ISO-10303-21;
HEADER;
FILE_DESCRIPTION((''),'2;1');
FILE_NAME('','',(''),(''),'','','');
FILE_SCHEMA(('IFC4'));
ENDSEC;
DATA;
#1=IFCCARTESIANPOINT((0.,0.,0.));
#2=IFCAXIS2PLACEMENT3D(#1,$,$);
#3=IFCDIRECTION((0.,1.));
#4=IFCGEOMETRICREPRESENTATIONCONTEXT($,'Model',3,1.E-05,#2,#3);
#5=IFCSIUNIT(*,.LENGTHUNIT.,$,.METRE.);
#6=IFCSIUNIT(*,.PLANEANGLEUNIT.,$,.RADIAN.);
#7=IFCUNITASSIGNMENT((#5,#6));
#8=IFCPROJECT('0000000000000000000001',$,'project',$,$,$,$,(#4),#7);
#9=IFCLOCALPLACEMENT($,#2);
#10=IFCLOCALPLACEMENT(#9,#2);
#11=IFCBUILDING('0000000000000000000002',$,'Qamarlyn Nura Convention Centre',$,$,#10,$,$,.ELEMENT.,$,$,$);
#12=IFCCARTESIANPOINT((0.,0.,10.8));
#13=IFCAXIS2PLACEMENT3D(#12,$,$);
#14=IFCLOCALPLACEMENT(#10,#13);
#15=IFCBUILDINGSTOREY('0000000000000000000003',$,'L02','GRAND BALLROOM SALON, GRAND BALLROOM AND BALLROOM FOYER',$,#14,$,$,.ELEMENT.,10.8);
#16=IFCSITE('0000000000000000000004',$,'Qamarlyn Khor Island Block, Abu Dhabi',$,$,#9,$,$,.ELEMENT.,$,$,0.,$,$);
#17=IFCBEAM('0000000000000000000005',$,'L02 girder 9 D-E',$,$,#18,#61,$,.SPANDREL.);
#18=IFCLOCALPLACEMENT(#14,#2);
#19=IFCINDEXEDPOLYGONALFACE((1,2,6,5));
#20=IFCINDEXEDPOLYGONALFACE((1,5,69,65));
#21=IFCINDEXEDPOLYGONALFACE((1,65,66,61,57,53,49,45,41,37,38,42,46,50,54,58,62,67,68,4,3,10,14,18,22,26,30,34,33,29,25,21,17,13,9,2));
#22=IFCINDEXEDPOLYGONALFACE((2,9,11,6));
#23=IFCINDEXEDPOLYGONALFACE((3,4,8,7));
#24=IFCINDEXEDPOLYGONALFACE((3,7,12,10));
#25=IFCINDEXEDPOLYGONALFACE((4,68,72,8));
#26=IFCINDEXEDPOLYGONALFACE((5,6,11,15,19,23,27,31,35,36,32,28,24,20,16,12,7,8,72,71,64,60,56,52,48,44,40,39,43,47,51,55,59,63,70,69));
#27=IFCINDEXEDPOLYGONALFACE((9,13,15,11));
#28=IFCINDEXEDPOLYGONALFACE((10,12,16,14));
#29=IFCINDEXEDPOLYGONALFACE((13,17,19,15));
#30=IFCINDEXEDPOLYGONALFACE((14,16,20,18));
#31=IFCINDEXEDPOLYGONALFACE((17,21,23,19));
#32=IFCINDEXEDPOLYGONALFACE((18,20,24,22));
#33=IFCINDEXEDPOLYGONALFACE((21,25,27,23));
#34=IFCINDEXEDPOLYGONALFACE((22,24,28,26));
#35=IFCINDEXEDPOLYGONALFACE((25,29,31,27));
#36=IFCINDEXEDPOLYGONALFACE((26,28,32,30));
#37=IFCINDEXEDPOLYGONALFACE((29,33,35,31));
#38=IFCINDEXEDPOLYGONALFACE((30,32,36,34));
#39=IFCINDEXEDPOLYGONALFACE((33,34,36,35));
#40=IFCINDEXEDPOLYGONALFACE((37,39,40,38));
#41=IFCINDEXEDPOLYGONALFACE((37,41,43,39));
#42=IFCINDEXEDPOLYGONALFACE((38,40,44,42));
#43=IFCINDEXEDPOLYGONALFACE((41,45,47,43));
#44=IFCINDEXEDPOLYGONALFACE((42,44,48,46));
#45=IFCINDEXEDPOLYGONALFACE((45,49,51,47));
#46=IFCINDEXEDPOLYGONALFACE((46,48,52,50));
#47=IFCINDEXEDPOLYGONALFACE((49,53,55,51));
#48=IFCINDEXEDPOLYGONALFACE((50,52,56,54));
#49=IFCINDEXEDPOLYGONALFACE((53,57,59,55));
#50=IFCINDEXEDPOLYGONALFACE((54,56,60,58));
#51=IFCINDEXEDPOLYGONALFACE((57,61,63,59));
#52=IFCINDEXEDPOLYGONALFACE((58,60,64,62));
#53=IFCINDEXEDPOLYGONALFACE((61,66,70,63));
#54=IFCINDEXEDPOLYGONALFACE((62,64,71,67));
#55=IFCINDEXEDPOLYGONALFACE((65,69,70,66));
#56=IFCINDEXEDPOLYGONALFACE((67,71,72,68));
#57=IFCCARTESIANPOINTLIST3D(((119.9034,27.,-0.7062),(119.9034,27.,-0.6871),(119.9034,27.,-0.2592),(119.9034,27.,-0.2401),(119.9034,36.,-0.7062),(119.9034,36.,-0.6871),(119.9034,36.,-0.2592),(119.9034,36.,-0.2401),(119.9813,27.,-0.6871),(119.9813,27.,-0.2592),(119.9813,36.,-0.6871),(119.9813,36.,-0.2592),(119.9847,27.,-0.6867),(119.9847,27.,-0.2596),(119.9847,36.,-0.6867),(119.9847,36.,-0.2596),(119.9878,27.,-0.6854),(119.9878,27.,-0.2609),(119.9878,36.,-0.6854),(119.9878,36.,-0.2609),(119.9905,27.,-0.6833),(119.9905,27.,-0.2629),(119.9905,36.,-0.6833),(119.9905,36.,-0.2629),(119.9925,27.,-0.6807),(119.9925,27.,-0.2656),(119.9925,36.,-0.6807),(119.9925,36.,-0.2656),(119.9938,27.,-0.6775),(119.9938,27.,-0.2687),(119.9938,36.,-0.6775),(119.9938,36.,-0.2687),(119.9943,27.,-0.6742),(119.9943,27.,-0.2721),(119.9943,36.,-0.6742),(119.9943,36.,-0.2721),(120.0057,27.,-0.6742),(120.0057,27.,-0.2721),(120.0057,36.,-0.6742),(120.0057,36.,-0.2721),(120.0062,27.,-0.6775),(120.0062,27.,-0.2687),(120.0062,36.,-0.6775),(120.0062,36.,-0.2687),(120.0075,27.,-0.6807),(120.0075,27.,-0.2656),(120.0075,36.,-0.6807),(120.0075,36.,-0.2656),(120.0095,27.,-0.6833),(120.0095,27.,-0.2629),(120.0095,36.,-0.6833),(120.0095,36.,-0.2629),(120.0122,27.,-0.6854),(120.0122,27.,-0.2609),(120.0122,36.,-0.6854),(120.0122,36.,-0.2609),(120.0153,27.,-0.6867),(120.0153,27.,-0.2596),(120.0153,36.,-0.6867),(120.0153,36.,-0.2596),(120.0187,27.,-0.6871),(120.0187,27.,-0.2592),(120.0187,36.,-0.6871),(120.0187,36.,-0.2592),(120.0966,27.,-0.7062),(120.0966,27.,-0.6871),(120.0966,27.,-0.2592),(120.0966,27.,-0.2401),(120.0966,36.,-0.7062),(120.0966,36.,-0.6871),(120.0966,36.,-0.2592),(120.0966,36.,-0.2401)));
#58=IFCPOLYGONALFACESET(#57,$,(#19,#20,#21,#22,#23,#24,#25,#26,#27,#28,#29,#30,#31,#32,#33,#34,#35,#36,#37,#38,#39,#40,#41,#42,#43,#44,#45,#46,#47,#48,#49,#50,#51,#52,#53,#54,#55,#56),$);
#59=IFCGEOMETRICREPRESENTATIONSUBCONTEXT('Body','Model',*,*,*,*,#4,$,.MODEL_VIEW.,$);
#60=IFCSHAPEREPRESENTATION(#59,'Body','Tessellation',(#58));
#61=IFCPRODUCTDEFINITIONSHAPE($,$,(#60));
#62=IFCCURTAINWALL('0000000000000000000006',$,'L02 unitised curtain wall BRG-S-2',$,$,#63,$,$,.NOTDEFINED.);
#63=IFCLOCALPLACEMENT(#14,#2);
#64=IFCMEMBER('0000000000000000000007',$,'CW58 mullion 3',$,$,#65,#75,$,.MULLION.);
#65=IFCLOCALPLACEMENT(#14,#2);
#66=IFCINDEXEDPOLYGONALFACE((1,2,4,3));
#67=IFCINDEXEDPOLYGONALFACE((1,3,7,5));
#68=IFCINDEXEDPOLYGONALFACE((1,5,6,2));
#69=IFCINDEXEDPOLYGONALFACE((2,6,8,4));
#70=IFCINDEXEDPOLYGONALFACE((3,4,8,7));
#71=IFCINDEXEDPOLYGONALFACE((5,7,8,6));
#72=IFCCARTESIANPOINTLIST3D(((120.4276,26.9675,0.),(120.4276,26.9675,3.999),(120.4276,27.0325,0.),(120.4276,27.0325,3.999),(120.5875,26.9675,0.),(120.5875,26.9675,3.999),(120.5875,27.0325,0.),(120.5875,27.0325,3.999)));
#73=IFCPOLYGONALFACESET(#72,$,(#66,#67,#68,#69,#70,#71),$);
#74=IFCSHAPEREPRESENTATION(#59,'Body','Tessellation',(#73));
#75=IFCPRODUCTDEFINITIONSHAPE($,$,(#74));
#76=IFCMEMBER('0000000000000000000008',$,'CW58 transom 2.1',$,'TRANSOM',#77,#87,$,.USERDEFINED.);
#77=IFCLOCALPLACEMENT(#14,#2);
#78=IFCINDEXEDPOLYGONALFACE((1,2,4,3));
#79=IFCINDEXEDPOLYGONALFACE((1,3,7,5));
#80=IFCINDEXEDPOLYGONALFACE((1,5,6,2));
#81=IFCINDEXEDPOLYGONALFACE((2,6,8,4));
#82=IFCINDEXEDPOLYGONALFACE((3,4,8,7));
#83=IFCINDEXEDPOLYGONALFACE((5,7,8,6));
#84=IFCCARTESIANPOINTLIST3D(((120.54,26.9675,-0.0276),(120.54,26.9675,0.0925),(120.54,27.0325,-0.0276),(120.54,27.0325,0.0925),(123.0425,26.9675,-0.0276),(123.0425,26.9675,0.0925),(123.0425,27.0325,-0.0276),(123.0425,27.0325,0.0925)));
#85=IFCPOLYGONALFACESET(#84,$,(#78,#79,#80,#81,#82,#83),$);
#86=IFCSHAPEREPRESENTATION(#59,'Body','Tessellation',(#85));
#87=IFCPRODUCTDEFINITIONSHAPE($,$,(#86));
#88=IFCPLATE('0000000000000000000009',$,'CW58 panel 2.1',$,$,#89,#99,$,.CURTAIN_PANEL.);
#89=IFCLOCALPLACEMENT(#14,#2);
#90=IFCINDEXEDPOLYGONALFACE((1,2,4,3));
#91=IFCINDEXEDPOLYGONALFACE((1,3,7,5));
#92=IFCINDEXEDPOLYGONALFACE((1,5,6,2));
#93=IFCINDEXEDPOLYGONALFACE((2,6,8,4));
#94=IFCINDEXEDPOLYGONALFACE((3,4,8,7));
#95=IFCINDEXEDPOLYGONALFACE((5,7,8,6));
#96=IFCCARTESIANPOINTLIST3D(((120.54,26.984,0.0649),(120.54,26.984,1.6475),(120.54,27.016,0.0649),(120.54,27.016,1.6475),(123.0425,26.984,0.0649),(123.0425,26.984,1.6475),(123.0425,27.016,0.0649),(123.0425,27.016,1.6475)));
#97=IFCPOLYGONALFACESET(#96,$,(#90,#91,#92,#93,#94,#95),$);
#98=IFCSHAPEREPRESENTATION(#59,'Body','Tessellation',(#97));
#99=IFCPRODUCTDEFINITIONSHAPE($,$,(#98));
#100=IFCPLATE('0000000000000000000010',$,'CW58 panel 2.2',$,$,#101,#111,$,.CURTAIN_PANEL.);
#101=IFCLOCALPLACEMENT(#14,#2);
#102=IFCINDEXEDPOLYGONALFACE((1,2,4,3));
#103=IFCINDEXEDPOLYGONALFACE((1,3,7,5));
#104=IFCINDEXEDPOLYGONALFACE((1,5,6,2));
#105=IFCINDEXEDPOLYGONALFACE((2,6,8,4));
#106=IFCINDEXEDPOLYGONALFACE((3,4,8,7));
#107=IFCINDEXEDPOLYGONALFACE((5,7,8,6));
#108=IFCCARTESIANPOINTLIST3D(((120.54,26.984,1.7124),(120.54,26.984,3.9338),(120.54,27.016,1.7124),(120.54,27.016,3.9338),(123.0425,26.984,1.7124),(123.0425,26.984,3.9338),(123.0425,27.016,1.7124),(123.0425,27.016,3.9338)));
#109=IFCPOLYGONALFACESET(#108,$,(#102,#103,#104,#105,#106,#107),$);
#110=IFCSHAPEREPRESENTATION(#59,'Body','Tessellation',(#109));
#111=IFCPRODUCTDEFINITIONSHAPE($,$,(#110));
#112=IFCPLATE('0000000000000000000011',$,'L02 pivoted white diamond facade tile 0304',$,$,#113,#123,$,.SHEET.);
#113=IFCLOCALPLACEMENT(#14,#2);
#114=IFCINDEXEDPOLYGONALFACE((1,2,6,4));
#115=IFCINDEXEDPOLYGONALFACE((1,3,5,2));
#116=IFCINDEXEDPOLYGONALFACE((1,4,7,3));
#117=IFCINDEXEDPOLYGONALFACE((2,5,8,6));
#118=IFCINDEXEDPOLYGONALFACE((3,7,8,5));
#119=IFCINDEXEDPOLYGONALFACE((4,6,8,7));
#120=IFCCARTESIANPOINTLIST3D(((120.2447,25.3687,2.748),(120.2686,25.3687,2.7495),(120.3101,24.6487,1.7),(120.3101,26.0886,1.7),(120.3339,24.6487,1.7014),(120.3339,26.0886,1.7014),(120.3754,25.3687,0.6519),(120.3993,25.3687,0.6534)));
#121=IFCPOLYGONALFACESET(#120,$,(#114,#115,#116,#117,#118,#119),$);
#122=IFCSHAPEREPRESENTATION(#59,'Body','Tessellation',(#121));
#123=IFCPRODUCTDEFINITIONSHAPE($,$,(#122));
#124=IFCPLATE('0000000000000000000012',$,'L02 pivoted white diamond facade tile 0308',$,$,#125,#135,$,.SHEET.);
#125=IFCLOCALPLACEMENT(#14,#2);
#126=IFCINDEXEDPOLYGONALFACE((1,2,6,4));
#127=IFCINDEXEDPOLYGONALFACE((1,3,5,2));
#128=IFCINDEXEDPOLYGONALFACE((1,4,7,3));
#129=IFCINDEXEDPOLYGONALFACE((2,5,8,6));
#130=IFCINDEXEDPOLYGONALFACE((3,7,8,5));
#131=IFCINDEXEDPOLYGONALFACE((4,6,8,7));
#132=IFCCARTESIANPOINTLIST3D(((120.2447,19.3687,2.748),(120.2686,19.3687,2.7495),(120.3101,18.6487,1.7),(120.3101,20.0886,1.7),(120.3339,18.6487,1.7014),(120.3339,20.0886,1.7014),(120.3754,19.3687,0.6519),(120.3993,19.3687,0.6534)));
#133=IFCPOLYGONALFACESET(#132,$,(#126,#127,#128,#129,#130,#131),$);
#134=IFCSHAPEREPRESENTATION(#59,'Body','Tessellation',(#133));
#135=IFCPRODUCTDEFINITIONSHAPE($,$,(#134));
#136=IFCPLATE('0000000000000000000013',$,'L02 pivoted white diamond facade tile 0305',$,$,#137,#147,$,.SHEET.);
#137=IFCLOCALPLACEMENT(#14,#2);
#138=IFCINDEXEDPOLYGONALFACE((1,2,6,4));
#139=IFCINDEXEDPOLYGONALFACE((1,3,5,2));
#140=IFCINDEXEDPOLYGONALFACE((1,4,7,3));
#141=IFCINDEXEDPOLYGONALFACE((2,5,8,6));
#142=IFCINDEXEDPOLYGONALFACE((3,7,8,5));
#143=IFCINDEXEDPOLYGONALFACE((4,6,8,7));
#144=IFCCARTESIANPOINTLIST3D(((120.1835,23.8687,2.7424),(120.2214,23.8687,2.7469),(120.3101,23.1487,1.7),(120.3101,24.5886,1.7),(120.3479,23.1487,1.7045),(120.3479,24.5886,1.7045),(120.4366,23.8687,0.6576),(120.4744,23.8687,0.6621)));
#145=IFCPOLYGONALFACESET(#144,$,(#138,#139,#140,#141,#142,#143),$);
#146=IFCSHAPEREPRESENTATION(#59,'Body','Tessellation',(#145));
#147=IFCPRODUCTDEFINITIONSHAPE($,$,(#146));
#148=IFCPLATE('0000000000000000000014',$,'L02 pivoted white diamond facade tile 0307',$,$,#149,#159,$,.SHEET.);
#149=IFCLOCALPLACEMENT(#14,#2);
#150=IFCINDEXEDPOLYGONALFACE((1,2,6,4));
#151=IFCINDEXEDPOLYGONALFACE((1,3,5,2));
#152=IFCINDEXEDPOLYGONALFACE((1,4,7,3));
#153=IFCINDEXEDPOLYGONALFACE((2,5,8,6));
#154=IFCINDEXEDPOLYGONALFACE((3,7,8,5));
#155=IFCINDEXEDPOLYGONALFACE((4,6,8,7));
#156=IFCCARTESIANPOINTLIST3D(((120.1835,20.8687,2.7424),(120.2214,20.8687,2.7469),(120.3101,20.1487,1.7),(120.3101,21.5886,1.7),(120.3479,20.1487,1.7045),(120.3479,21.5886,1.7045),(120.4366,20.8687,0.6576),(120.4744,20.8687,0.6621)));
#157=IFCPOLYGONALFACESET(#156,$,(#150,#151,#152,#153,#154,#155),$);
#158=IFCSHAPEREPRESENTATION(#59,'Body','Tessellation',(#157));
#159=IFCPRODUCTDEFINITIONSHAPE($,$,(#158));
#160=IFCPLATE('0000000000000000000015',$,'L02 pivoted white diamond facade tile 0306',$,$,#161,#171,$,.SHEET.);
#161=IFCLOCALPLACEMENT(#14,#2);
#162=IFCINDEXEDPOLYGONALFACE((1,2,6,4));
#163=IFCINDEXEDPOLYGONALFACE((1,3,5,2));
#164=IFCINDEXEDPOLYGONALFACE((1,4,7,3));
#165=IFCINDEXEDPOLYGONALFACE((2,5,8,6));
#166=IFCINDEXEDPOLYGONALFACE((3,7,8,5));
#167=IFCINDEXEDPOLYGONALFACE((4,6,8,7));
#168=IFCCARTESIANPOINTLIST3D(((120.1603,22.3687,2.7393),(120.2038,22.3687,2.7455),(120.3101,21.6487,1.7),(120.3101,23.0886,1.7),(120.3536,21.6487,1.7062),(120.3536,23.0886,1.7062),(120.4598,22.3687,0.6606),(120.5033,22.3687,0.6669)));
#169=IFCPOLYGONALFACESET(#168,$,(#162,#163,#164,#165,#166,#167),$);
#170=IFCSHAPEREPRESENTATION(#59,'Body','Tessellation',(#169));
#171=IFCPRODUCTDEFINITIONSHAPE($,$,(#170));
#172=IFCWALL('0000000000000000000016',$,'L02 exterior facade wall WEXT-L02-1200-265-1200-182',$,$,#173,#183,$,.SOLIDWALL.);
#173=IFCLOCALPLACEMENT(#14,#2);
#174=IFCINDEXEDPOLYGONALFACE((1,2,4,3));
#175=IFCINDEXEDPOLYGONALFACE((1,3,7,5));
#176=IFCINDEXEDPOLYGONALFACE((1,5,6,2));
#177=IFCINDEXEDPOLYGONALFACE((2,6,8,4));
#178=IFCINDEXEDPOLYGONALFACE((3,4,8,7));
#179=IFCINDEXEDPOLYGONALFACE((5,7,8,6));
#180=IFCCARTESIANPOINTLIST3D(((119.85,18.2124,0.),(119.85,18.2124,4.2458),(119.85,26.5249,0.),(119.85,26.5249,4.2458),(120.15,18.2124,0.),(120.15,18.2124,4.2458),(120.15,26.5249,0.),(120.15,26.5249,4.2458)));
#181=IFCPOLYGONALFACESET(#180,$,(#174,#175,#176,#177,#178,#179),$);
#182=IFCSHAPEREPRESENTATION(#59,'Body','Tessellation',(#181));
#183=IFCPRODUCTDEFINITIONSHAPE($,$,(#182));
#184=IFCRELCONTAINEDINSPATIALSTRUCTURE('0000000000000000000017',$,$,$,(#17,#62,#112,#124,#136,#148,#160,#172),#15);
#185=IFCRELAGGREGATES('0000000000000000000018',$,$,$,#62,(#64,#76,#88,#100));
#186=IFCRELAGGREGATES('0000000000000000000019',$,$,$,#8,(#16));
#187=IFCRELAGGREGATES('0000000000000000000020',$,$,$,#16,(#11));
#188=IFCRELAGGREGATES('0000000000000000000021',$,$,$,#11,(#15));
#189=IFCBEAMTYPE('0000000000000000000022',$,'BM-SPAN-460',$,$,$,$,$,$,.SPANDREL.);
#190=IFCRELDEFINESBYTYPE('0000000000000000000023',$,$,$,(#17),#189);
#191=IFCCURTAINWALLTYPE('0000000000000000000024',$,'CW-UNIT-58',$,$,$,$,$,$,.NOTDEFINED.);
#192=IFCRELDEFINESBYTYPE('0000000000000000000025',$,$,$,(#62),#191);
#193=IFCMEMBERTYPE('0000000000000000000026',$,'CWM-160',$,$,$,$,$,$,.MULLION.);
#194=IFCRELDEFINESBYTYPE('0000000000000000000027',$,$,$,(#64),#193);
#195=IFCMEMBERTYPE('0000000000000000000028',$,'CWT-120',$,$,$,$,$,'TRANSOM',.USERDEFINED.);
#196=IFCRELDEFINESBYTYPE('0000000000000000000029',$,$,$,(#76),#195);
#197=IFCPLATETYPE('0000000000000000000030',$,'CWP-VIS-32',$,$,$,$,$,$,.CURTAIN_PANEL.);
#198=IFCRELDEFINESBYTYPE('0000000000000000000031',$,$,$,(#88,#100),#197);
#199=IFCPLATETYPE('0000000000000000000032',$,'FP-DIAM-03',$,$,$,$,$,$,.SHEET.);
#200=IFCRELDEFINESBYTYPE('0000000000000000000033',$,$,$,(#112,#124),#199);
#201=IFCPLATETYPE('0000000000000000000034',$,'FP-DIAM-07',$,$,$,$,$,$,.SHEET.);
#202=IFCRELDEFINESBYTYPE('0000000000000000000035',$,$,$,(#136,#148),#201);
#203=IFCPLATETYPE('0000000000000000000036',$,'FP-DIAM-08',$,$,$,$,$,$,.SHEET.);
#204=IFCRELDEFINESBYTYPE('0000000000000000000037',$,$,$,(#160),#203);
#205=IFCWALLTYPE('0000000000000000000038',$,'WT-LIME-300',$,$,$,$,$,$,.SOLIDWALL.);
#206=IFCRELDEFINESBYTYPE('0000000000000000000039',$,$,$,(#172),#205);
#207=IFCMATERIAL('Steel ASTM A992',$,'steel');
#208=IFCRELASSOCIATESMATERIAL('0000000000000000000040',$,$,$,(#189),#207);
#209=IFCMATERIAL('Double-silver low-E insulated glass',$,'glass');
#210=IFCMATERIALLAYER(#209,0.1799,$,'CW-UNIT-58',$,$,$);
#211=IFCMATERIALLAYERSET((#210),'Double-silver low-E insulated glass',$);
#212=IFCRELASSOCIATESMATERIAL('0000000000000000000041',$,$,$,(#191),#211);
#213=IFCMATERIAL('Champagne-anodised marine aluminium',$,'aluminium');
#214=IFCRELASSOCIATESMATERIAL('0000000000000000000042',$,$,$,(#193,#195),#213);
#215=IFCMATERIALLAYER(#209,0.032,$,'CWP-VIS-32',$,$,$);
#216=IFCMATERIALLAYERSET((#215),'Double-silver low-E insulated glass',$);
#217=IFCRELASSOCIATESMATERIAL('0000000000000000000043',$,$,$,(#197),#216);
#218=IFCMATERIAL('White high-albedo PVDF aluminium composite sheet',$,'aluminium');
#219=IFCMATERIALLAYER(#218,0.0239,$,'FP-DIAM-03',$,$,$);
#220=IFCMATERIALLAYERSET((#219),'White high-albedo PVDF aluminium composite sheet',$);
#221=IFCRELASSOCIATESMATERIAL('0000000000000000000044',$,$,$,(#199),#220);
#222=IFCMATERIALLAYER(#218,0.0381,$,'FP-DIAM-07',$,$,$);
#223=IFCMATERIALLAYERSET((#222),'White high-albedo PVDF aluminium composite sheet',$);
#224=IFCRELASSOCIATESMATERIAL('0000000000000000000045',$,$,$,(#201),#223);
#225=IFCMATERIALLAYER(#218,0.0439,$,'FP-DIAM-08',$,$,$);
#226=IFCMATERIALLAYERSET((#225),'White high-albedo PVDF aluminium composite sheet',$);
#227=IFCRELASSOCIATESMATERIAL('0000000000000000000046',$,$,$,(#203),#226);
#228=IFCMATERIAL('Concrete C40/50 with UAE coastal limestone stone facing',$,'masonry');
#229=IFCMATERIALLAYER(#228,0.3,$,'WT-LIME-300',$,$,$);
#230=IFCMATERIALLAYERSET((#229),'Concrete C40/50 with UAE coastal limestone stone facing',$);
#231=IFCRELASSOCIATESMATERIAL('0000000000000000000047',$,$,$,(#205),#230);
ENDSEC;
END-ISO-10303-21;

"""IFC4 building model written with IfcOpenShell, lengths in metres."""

from ifc_helpers import new_model, si_unit, direction, frame, frame_2d, origin, origin_2d, place, context, subcontext, project, spatial, polyline, rectangle, i_section, outline, extrude, material, layer, layer_set, material_profile, profile_set, type_object, element, aggregate, save


model = new_model("IFC4")

# Units and contexts
model_context = context("Model", 3, precision=1e-05, world=origin(), true_north=direction((0.0, 1.0)))
body_context = subcontext(model_context, "Body", "Model", "MODEL_VIEW")
ifc_project = project(units=[si_unit("LENGTHUNIT", "METRE"), si_unit("PLANEANGLEUNIT", "RADIAN")], contexts=[model_context])

# Site, building, storey
site_placement = place(None, origin())
site = spatial("IfcSite", under=ifc_project, at=site_placement, Name="Qamarlyn Khor Island Block, Abu Dhabi", CompositionType="ELEMENT", RefElevation=0.0)
building_placement = place(site_placement, origin())
building = spatial("IfcBuilding", under=site, at=building_placement, Name="Qamarlyn Nura Convention Centre", CompositionType="ELEMENT")
storey_placement = place(building_placement, frame((0.0, 0.0, 10.8)))
storey = spatial("IfcBuildingStorey", under=building, at=storey_placement, Name="L02", Description="GRAND BALLROOM SALON, GRAND BALLROOM AND BALLROOM FOYER", CompositionType="ELEMENT", Elevation=10.8)

# Beam
ifc_material_1 = material(Name="Steel ASTM A992", Category="steel")
ifc_material_profile_1 = material_profile(ifc_material_1, i_section(OverallWidth=0.1931, OverallDepth=0.4661, WebThickness=0.0115, FlangeThickness=0.019, FilletRadius=0.0129, at=origin_2d()), Name="W460X97")
ifc_profile_set_1 = profile_set([ifc_material_profile_1], Name="Steel ASTM A992")
beam_type_1 = type_object("IfcBeamType", Name="BM-SPAN-460", PredefinedType="SPANDREL", material=ifc_profile_set_1)
beam_1_placement = place(storey_placement, frame((120.0, 27.0, -0.4731), z_axis=(0.0, 1.0, 0.0), x_axis=(-1.0, 0.0, 0.0)))
element("IfcBeam", 1, at=beam_1_placement, inside=storey, type_object=beam_type_1, Name="L02 girder 9 D-E", PredefinedType="SPANDREL", context=body_context, shape_type="SweptSolid", body=[
    extrude(i_section(OverallWidth=0.1931, OverallDepth=0.4661, WebThickness=0.0115, FlangeThickness=0.019, FilletRadius=0.0129, at=origin_2d()), origin(), (0.0, 0.0, 1.0), 9.0),
])

# Curtain wall, members, plates
ifc_material_2 = material(Name="Double-silver low-E insulated glass", Category="glass")
ifc_layer_1 = layer(ifc_material_2, 0.1799, Name="CW-UNIT-58")
ifc_layer_set_1 = layer_set([ifc_layer_1], Name="Double-silver low-E insulated glass")
curtain_wall_type = type_object("IfcCurtainWallType", Name="CW-UNIT-58", PredefinedType="NOTDEFINED", material=ifc_layer_set_1)
curtain_wall_placement = place(storey_placement, origin())
curtain_wall = element("IfcCurtainWall", 2, at=curtain_wall_placement, inside=storey, type_object=curtain_wall_type, Name="L02 unitised curtain wall BRG-S-2", PredefinedType="NOTDEFINED")
ifc_material_3 = material(Name="Champagne-anodised marine aluminium", Category="aluminium")
ifc_material_profile_2 = material_profile(ifc_material_3, rectangle(XDim=0.0649, YDim=0.1599, at=origin_2d()), Name="ALU MULLION 65x160")
ifc_profile_set_2 = profile_set([ifc_material_profile_2], Name="Champagne-anodised marine aluminium")
member_type_1 = type_object("IfcMemberType", Name="CWM-160", PredefinedType="MULLION", material=ifc_profile_set_2)
member_1_placement = place(storey_placement, frame((120.5076, 27.0, 0.0), z_axis=(0.0, 0.0, 1.0), x_axis=(0.0, -1.0, 0.0)))
member_1 = element("IfcMember", 3, at=member_1_placement, type_object=member_type_1, Name="CW58 mullion 3", PredefinedType="MULLION", context=body_context, shape_type="SweptSolid", body=[
    extrude(rectangle(XDim=0.0649, YDim=0.1599, at=origin_2d()), origin(), (0.0, 0.0, 1.0), 3.999),
])
ifc_material_profile_3 = material_profile(ifc_material_3, rectangle(XDim=0.0649, YDim=0.1201, at=origin_2d()), Name="ALU TRANSOM 65x120")
ifc_profile_set_3 = profile_set([ifc_material_profile_3], Name="Champagne-anodised marine aluminium")
member_type_2 = type_object("IfcMemberType", Name="CWT-120", ElementType="TRANSOM", PredefinedType="USERDEFINED", material=ifc_profile_set_3)
member_2_placement = place(storey_placement, frame((123.0425, 27.0, 0.0325), z_axis=(-1.0, 0.0, 0.0), x_axis=(0.0, -1.0, 0.0)))
member_2 = element("IfcMember", 4, at=member_2_placement, type_object=member_type_2, Name="CW58 transom 2.1", ObjectType="TRANSOM", PredefinedType="USERDEFINED", context=body_context, shape_type="SweptSolid", body=[
    extrude(rectangle(XDim=0.0649, YDim=0.1201, at=origin_2d()), origin(), (0.0, 0.0, 1.0), 2.5024),
])
ifc_layer_2 = layer(ifc_material_2, 0.032, Name="CWP-VIS-32")
ifc_layer_set_2 = layer_set([ifc_layer_2], Name="Double-silver low-E insulated glass")
plate_type_1 = type_object("IfcPlateType", Name="CWP-VIS-32", PredefinedType="CURTAIN_PANEL", material=ifc_layer_set_2)
plate_1_placement = place(storey_placement, frame((121.7913, 27.0, 0.0649), z_axis=(0.0, 0.0, 1.0), x_axis=(-1.0, 0.0, 0.0)))
plate_1 = element("IfcPlate", 5, at=plate_1_placement, type_object=plate_type_1, Name="CW58 panel 2.1", PredefinedType="CURTAIN_PANEL", context=body_context, shape_type="SweptSolid", body=[
    extrude(rectangle(XDim=2.5024, YDim=0.032, at=origin_2d()), origin(), (0.0, 0.0, 1.0), 1.5825),
])
plate_2_placement = place(storey_placement, frame((121.7913, 27.0, 1.7124), z_axis=(0.0, 0.0, 1.0), x_axis=(-1.0, 0.0, 0.0)))
plate_2 = element("IfcPlate", 6, at=plate_2_placement, type_object=plate_type_1, Name="CW58 panel 2.2", PredefinedType="CURTAIN_PANEL", context=body_context, shape_type="SweptSolid", body=[
    extrude(rectangle(XDim=2.5024, YDim=0.032, at=origin_2d()), origin(), (0.0, 0.0, 1.0), 2.2214),
])
aggregate(curtain_wall, [member_1, member_2, plate_1, plate_2])

# Plates
ifc_material_4 = material(Name="White high-albedo PVDF aluminium composite sheet", Category="aluminium")
ifc_layer_3 = layer(ifc_material_4, 0.0239, Name="FP-DIAM-03")
ifc_layer_set_3 = layer_set([ifc_layer_3], Name="White high-albedo PVDF aluminium composite sheet")
plate_type_2 = type_object("IfcPlateType", Name="FP-DIAM-03", PredefinedType="SHEET", material=ifc_layer_set_3)
for number, where, z_axis, x_axis, name in (
    (7, (120.3101, 25.3687, 1.7), (0.998059, 0.0, 0.062268), (0.0, 1.0, 0.0), "L02 pivoted white diamond facade tile 0304"),
    (8, (120.3101, 19.3687, 1.7), (0.998059, 0.0, 0.062268), (0.0, 1.0, 0.0), "L02 pivoted white diamond facade tile 0308"),
):
    element("IfcPlate", number, at=place(storey_placement, frame(where, z_axis=z_axis, x_axis=x_axis)), inside=storey, type_object=plate_type_2, Name=name, PredefinedType="SHEET", context=body_context, shape_type="SweptSolid", body=[
        extrude(outline(polyline([(-0.72, 0.0), (0.0, -1.05), (0.72, 0.0), (0.0, 1.05), (-0.72, 0.0)])), origin(), (0.0, 0.0, 1.0), 0.0239),
    ])
ifc_layer_4 = layer(ifc_material_4, 0.0381, Name="FP-DIAM-07")
ifc_layer_set_4 = layer_set([ifc_layer_4], Name="White high-albedo PVDF aluminium composite sheet")
plate_type_3 = type_object("IfcPlateType", Name="FP-DIAM-07", PredefinedType="SHEET", material=ifc_layer_set_4)
for number, where, z_axis, x_axis, name in (
    (9, (120.3101, 23.8687, 1.7), (0.992715, 0.0, 0.120483), (0.0, 1.0, 0.0), "L02 pivoted white diamond facade tile 0305"),
    (10, (120.3101, 20.8687, 1.7), (0.992715, 0.0, 0.120483), (0.0, 1.0, 0.0), "L02 pivoted white diamond facade tile 0307"),
):
    element("IfcPlate", number, at=place(storey_placement, frame(where, z_axis=z_axis, x_axis=x_axis)), inside=storey, type_object=plate_type_3, Name=name, PredefinedType="SHEET", context=body_context, shape_type="SweptSolid", body=[
        extrude(outline(polyline([(-0.72, 0.0), (0.0, -1.05), (0.72, 0.0), (0.0, 1.05), (-0.72, 0.0)])), origin(), (0.0, 0.0, 1.0), 0.0381),
    ])
ifc_layer_5 = layer(ifc_material_4, 0.0439, Name="FP-DIAM-08")
ifc_layer_set_5 = layer_set([ifc_layer_5], Name="White high-albedo PVDF aluminium composite sheet")
plate_type_4 = type_object("IfcPlateType", Name="FP-DIAM-08", PredefinedType="SHEET", material=ifc_layer_set_5)
plate_3_placement = place(storey_placement, frame((120.3101, 22.3687, 1.7), z_axis=(0.989776, 0.0, 0.142629), x_axis=(0.0, 1.0, 0.0)))
element("IfcPlate", 11, at=plate_3_placement, inside=storey, type_object=plate_type_4, Name="L02 pivoted white diamond facade tile 0306", PredefinedType="SHEET", context=body_context, shape_type="SweptSolid", body=[
    extrude(outline(polyline([(-0.72, 0.0), (0.0, -1.05), (0.72, 0.0), (0.0, 1.05), (-0.72, 0.0)])), origin(), (0.0, 0.0, 1.0), 0.0439),
])

# Wall
ifc_material_5 = material(Name="Concrete C40/50 with UAE coastal limestone stone facing", Category="masonry")
ifc_layer_6 = layer(ifc_material_5, 0.3, Name="WT-LIME-300")
ifc_layer_set_6 = layer_set([ifc_layer_6], Name="Concrete C40/50 with UAE coastal limestone stone facing")
wall_type = type_object("IfcWallType", Name="WT-LIME-300", PredefinedType="SOLIDWALL", material=ifc_layer_set_6)
wall_placement = place(storey_placement, frame((120.0, 26.5249, 0.0), z_axis=(0.0, 0.0, 1.0), x_axis=(0.0, -1.0, 0.0)))
element("IfcWall", 12, at=wall_placement, inside=storey, type_object=wall_type, Name="L02 exterior facade wall WEXT-L02-1200-265-1200-182", PredefinedType="SOLIDWALL", context=body_context, shape_type="SweptSolid", body=[
    extrude(rectangle(XDim=8.3125, YDim=0.3, at=frame_2d((4.1562, 0.0))), origin(), (0.0, 0.0, 1.0), 4.2458),
])

save(model, "model.ifc")
